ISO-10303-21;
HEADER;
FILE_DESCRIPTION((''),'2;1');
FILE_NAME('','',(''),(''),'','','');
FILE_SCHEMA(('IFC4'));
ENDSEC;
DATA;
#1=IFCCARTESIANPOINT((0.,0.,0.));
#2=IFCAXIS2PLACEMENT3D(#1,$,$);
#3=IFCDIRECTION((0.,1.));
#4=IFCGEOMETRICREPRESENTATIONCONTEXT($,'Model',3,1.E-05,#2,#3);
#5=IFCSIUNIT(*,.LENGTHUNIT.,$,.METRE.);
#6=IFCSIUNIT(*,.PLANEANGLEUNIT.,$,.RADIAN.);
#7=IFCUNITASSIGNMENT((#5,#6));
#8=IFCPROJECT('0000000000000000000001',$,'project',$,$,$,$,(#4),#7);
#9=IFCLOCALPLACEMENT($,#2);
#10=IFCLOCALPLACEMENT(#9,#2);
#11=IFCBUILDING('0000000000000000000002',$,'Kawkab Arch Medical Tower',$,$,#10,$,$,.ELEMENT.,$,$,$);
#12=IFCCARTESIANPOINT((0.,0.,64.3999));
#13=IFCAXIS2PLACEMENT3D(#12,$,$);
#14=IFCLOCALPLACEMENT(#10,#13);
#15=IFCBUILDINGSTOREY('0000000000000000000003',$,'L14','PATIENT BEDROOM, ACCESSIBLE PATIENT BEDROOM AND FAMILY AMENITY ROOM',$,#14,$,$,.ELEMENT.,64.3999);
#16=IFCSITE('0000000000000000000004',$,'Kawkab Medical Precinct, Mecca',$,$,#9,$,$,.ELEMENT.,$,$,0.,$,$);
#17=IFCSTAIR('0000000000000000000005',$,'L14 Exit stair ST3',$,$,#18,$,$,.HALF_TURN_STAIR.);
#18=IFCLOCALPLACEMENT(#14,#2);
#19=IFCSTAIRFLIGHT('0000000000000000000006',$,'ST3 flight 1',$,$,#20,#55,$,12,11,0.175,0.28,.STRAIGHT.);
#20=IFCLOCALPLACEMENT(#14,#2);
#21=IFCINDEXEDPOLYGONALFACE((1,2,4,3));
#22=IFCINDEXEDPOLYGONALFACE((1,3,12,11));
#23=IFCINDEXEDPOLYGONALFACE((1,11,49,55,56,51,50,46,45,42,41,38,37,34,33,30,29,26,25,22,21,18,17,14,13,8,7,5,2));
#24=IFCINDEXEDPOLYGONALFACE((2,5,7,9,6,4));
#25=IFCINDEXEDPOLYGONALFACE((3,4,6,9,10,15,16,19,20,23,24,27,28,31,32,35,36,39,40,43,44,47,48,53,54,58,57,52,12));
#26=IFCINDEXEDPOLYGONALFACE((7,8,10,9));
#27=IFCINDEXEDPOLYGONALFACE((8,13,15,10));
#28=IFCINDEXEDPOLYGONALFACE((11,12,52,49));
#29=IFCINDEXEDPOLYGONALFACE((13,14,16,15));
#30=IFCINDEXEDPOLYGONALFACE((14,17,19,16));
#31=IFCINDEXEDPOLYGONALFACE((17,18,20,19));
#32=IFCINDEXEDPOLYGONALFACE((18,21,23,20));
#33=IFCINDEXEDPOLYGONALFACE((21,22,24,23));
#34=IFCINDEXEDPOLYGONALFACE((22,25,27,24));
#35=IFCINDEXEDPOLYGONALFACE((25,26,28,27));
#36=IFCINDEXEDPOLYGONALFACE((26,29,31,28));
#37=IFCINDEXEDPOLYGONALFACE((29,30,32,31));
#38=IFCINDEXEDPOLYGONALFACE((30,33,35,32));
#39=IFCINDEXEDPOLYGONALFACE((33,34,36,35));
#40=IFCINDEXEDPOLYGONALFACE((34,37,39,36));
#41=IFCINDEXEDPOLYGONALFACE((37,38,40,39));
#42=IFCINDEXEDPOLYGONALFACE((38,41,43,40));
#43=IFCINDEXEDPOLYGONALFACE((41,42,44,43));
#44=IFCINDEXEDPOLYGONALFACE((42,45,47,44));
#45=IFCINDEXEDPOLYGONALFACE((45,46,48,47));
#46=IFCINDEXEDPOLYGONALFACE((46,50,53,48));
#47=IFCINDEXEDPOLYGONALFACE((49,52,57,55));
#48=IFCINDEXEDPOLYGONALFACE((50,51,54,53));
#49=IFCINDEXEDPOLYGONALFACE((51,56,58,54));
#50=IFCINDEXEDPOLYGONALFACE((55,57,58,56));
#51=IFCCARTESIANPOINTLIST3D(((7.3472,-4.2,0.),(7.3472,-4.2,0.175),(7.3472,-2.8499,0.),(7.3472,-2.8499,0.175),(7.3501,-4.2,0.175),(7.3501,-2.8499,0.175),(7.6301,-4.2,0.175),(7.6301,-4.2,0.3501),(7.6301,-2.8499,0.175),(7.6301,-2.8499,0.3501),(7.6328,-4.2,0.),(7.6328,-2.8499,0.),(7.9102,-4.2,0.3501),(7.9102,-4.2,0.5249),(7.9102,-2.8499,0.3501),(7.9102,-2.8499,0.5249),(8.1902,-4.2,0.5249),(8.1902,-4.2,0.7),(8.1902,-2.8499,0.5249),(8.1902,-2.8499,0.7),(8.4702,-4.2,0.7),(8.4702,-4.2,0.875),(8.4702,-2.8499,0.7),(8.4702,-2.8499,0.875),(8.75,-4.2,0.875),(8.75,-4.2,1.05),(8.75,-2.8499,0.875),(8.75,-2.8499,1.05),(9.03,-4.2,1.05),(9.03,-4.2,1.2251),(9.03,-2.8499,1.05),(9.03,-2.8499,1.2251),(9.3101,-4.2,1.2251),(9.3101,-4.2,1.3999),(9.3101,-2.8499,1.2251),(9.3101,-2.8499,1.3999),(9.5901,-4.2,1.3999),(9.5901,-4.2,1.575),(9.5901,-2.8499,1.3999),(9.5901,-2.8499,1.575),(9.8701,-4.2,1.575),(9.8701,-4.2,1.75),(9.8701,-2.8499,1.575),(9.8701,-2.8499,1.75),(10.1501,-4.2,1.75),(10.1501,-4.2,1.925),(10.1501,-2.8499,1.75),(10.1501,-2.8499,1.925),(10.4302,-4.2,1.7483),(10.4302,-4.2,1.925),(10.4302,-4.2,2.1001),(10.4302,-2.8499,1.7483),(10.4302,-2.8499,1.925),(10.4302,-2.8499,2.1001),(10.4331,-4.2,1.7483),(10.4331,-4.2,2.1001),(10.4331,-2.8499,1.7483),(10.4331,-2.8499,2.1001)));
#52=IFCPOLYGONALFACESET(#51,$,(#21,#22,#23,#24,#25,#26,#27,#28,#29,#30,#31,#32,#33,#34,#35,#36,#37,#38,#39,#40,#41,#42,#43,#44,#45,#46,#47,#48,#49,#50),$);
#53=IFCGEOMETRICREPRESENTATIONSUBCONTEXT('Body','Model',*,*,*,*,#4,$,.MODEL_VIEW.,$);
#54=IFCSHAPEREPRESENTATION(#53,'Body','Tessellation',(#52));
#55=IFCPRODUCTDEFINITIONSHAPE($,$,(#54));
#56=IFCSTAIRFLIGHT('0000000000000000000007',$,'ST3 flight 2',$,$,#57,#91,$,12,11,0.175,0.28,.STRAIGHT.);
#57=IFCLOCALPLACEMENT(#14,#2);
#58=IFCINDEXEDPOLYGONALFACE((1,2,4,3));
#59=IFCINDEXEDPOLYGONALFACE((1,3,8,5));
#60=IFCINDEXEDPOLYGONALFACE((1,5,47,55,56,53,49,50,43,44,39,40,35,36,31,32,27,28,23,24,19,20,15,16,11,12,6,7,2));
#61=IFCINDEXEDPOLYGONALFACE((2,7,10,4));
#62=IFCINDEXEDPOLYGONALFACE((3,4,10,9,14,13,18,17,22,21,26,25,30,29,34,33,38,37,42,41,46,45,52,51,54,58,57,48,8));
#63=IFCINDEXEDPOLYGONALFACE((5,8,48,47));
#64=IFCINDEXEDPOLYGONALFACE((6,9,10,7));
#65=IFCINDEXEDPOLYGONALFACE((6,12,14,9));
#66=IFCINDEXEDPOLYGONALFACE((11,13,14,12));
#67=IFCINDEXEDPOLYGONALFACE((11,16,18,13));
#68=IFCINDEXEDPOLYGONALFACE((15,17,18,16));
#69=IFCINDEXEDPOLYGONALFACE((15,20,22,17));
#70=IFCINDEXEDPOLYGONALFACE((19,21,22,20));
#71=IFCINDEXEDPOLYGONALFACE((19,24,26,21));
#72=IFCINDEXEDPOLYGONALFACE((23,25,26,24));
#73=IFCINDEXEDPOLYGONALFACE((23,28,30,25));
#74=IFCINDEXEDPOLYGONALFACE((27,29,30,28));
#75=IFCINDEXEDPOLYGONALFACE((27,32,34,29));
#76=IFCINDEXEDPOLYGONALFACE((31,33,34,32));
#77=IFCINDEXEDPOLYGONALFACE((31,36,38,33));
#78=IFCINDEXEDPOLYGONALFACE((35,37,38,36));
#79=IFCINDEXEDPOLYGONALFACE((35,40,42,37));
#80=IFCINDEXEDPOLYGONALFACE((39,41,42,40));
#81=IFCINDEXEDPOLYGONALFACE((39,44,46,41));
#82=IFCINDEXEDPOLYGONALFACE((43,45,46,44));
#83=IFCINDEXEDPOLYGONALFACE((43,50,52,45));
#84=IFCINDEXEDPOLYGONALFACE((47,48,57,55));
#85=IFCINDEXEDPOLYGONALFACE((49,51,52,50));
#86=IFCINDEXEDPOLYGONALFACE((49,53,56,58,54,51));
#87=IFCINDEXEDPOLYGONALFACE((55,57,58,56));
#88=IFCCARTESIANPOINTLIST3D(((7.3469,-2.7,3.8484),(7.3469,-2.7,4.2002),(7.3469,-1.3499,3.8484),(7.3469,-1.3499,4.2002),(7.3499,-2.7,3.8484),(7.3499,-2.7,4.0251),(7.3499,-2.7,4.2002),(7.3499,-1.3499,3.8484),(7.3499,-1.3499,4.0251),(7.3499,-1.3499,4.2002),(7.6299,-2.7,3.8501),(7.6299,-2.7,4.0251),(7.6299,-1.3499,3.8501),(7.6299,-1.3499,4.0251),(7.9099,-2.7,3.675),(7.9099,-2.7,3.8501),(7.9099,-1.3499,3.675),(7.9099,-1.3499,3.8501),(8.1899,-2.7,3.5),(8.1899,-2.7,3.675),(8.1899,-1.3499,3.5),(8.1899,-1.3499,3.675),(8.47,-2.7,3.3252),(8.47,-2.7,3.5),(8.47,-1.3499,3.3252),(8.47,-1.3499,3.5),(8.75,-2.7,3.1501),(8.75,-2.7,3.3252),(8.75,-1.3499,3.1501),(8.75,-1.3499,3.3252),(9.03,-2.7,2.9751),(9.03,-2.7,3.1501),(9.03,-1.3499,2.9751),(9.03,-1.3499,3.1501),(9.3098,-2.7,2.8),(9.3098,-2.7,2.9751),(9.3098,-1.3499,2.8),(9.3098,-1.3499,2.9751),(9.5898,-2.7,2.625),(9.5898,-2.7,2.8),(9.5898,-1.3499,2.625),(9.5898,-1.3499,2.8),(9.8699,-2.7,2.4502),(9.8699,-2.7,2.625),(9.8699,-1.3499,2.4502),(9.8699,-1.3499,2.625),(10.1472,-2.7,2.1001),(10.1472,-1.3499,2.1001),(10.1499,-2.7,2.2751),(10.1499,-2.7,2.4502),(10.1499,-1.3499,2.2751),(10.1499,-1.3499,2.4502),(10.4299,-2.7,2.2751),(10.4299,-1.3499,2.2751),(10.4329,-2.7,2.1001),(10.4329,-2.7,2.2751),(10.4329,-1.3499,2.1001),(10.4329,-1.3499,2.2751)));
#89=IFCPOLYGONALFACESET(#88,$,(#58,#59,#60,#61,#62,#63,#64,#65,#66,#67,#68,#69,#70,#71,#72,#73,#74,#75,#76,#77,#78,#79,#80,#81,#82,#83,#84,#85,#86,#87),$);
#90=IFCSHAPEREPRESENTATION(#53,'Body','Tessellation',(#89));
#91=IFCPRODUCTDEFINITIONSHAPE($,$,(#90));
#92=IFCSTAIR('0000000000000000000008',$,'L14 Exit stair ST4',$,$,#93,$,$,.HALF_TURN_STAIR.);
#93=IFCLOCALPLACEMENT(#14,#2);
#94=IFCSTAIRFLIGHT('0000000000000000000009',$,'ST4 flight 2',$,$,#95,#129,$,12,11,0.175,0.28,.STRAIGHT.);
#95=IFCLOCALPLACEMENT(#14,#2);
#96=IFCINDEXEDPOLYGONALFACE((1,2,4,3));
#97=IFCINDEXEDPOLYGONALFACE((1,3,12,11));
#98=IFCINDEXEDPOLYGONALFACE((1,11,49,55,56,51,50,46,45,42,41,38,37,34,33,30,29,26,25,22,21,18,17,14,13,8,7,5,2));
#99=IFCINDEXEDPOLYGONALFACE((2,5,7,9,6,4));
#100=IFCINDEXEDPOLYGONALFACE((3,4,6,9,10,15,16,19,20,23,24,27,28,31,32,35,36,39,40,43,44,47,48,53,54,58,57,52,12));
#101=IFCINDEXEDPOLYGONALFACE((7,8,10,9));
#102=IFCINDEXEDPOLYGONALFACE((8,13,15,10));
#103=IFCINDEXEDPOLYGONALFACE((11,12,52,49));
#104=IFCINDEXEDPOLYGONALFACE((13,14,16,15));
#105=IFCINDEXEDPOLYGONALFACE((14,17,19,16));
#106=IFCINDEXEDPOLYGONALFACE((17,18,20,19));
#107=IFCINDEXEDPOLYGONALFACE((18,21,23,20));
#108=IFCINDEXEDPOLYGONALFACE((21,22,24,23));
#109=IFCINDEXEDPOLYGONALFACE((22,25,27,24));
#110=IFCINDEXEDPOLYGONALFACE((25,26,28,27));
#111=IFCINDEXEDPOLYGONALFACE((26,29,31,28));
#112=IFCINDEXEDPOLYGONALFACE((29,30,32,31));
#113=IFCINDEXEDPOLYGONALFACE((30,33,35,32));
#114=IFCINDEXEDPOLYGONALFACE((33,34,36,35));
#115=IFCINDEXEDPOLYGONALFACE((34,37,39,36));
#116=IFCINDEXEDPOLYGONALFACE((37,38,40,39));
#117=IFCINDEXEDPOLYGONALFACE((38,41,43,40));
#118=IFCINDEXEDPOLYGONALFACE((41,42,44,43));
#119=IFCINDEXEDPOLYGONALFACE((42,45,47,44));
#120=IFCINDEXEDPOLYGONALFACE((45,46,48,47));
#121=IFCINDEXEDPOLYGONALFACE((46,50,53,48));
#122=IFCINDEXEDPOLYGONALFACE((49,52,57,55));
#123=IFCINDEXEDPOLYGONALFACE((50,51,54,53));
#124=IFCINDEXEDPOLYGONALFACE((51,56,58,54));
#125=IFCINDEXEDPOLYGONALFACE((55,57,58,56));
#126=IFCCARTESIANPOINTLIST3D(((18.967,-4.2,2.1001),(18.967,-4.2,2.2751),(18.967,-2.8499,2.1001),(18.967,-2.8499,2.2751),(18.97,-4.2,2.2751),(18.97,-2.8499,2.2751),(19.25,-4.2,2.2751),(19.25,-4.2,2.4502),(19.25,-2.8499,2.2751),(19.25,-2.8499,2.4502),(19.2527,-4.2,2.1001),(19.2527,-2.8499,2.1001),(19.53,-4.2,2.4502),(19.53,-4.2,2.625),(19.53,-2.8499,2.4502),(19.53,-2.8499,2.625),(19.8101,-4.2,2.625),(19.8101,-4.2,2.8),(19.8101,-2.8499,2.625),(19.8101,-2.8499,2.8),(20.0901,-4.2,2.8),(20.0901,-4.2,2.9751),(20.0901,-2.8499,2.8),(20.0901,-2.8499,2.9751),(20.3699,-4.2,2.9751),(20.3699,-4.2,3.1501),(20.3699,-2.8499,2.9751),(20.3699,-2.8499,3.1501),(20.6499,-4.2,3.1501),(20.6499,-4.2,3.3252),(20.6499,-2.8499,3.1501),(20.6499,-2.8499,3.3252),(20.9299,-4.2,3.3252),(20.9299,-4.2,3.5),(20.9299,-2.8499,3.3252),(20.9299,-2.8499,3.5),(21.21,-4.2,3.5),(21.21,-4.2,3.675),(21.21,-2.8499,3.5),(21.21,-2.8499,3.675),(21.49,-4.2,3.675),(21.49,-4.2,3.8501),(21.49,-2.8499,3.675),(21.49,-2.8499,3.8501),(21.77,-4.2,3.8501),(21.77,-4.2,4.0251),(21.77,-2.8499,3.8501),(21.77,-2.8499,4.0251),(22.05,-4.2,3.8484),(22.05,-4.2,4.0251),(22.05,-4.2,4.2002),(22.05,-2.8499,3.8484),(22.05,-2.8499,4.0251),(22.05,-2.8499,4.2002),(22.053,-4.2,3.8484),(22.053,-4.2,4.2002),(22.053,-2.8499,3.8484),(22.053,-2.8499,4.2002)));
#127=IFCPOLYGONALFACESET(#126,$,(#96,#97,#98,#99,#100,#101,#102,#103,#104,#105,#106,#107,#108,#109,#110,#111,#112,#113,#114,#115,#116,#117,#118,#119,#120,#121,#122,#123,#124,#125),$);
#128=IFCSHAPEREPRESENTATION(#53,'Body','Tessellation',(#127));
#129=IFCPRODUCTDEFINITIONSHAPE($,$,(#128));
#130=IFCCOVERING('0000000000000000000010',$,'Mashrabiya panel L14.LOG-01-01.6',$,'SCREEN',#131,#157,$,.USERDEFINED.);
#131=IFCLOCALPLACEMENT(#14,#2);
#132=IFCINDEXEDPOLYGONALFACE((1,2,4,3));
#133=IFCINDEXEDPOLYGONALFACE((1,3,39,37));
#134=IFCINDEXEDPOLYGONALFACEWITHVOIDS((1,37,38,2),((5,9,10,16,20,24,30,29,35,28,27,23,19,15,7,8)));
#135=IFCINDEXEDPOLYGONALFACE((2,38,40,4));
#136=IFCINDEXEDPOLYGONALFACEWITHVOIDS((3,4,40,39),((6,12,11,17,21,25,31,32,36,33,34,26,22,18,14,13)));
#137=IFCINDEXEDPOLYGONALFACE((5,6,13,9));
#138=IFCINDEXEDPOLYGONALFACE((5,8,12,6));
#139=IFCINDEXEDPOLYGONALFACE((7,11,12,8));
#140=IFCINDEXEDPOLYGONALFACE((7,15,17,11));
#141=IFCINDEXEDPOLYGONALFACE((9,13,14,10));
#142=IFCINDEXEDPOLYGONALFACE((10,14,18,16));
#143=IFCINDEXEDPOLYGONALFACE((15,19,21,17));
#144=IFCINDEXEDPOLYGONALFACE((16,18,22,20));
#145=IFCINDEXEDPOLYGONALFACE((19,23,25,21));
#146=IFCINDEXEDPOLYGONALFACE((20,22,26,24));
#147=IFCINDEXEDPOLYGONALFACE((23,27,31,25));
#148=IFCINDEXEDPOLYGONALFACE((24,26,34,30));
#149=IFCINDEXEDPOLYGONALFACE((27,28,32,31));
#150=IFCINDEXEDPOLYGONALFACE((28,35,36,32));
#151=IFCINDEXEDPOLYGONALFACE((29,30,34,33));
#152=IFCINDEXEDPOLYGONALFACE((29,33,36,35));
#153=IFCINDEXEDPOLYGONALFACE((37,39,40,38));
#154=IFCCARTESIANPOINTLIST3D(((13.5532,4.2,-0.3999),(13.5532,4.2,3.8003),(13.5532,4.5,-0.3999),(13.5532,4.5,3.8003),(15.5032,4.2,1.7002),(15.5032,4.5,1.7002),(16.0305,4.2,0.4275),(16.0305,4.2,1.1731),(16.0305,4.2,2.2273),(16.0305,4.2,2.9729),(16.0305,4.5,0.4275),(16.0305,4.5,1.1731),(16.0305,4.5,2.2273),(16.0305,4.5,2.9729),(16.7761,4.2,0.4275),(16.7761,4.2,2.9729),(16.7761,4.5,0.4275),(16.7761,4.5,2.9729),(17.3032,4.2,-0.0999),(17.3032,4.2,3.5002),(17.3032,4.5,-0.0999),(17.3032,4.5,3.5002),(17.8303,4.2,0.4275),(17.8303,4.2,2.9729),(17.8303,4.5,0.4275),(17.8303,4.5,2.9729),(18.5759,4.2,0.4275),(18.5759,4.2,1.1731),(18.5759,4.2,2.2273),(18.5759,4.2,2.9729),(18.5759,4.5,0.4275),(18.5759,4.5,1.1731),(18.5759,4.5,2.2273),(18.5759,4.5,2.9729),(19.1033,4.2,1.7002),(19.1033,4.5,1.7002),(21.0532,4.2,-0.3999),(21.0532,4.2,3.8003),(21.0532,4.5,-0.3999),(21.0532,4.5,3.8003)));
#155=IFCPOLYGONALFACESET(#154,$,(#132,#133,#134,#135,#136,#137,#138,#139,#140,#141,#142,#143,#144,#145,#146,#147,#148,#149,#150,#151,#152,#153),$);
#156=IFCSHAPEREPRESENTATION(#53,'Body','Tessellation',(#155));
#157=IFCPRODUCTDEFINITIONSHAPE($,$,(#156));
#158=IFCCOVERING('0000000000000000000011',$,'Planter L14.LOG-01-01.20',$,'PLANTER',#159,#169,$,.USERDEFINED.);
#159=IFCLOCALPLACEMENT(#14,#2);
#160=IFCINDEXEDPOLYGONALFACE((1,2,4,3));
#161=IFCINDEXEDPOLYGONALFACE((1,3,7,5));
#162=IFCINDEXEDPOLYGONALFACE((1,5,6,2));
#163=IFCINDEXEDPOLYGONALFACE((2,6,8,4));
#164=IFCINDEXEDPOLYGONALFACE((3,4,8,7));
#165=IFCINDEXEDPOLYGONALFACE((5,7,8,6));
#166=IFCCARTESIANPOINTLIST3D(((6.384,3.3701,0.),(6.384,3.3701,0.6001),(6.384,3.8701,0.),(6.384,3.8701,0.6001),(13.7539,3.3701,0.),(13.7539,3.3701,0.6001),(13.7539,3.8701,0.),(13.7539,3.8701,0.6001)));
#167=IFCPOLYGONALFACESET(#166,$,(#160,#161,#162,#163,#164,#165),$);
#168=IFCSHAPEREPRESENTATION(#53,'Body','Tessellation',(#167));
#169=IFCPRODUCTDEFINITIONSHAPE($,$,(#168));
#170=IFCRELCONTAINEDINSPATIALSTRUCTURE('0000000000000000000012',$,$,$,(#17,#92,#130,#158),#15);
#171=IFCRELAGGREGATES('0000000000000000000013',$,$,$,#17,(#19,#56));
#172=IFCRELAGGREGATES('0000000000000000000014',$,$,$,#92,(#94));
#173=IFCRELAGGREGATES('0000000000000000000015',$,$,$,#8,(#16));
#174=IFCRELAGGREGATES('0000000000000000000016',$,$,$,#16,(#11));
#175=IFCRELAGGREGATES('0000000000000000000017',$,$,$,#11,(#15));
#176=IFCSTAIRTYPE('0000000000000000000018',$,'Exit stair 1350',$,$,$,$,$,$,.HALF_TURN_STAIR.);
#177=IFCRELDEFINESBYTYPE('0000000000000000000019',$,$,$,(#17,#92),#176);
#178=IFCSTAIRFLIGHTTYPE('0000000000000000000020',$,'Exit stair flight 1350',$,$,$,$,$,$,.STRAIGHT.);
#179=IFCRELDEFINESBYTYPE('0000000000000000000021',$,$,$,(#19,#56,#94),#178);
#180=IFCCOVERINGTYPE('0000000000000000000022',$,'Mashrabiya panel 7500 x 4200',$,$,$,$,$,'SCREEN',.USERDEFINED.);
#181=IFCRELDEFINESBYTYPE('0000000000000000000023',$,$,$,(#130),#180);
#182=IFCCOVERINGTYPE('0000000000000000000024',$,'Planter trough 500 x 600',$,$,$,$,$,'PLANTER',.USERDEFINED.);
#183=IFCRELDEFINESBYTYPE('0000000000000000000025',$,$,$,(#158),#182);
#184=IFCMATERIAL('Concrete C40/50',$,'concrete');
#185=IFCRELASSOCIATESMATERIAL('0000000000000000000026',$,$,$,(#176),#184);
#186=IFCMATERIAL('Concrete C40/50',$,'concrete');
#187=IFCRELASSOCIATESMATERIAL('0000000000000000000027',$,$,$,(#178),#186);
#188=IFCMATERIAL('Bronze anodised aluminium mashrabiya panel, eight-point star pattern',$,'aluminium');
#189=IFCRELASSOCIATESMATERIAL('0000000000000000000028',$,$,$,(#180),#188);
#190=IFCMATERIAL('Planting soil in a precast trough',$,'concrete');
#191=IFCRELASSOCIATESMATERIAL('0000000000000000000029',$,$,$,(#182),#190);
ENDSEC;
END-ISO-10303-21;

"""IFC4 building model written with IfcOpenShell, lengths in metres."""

from ifc_helpers import new_model, si_unit, direction, frame, origin, origin_2d, place, context, subcontext, project, spatial, polyline, rectangle, outline, extrude, material, material_profile, profile_set, type_object, element, aggregate, save


model = new_model("IFC4")

# Units and contexts
model_context = context("Model", 3, precision=1e-05, world=origin(), true_north=direction((0.0, 1.0)))
body_context = subcontext(model_context, "Body", "Model", "MODEL_VIEW")
ifc_project = project(units=[si_unit("LENGTHUNIT", "METRE"), si_unit("PLANEANGLEUNIT", "RADIAN")], contexts=[model_context])

# Site, building, storey
site_placement = place(None, origin())
site = spatial("IfcSite", under=ifc_project, at=site_placement, Name="Kawkab Medical Precinct, Mecca", CompositionType="ELEMENT", RefElevation=0.0)
building_placement = place(site_placement, origin())
building = spatial("IfcBuilding", under=site, at=building_placement, Name="Kawkab Arch Medical Tower", CompositionType="ELEMENT")
storey_placement = place(building_placement, frame((0.0, 0.0, 64.3999)))
storey = spatial("IfcBuildingStorey", under=building, at=storey_placement, Name="L14", Description="PATIENT BEDROOM, ACCESSIBLE PATIENT BEDROOM AND FAMILY AMENITY ROOM", CompositionType="ELEMENT", Elevation=64.3999)

# Shared definitions
placement = place(storey_placement, origin())

# Stair, stair flights
ifc_material_1 = material(Name="Concrete C40/50", Category="concrete")
stair_type = type_object("IfcStairType", Name="Exit stair 1350", PredefinedType="HALF_TURN_STAIR", material=ifc_material_1)
stair_1 = element("IfcStair", 1, at=placement, inside=storey, type_object=stair_type, Name="L14 Exit stair ST3", PredefinedType="HALF_TURN_STAIR")
ifc_material_2 = material(Name="Concrete C40/50", Category="concrete")
stair_flight_type = type_object("IfcStairFlightType", Name="Exit stair flight 1350", PredefinedType="STRAIGHT", material=ifc_material_2)
stair_flight_1_placement = place(storey_placement, frame((7.3501, -3.5249, 0.0), z_axis=(0.0, 0.0, 1.0), x_axis=(1.0, 0.0, 0.0)))
stair_flight_1 = element("IfcStairFlight", 2, at=stair_flight_1_placement, type_object=stair_flight_type, Name="ST3 flight 1", NumberOfRisers=12, NumberOfTreads=11, PredefinedType="STRAIGHT", RiserHeight=0.175, TreadLength=0.28, context=body_context, shape_type="SweptSolid", body=[
    extrude(outline(polyline([(-0.0029, 0.0), (-0.0029, 0.175), (0.0, 0.175), (0.28, 0.175), (0.28, 0.3501), (0.5601, 0.3501), (0.5601, 0.5249), (0.8401, 0.5249), (0.8401, 0.7), (1.1201, 0.7), (1.1201, 0.875), (1.3999, 0.875), (1.3999, 1.05), (1.6799, 1.05), (1.6799, 1.2251), (1.96, 1.2251), (1.96, 1.3999), (2.24, 1.3999), (2.24, 1.575), (2.52, 1.575), (2.52, 1.75), (2.8, 1.75), (2.8, 1.925), (3.0801, 1.925), (3.0801, 2.1001), (3.083, 2.1001), (3.083, 1.7483), (3.0801, 1.7483), (0.2827, 0.0), (-0.0029, 0.0)])), frame((0.0, 0.675, 0.0), z_axis=(0.0, -1.0, 0.0), x_axis=(1.0, 0.0, 0.0)), (0.0, 0.0, 1.0), 1.3501),
])
stair_flight_2_placement = place(storey_placement, frame((10.4299, -2.0249, 2.1001), z_axis=(0.0, 0.0, 1.0), x_axis=(-1.0, 0.0, 0.0)))
stair_flight_2 = element("IfcStairFlight", 3, at=stair_flight_2_placement, type_object=stair_flight_type, Name="ST3 flight 2", NumberOfRisers=12, NumberOfTreads=11, PredefinedType="STRAIGHT", RiserHeight=0.175, TreadLength=0.28, context=body_context, shape_type="SweptSolid", body=[
    extrude(outline(polyline([(-0.0029, 0.0), (-0.0029, 0.175), (0.0, 0.175), (0.28, 0.175), (0.28, 0.3501), (0.5601, 0.3501), (0.5601, 0.5249), (0.8401, 0.5249), (0.8401, 0.7), (1.1201, 0.7), (1.1201, 0.875), (1.3999, 0.875), (1.3999, 1.05), (1.6799, 1.05), (1.6799, 1.2251), (1.96, 1.2251), (1.96, 1.3999), (2.24, 1.3999), (2.24, 1.575), (2.52, 1.575), (2.52, 1.75), (2.8, 1.75), (2.8, 1.925), (3.0801, 1.925), (3.0801, 2.1001), (3.083, 2.1001), (3.083, 1.7483), (3.0801, 1.7483), (0.2827, 0.0), (-0.0029, 0.0)])), frame((0.0, 0.675, 0.0), z_axis=(0.0, -1.0, 0.0), x_axis=(1.0, 0.0, 0.0)), (0.0, 0.0, 1.0), 1.3501),
])
aggregate(stair_1, [stair_flight_1, stair_flight_2])

# Stair, stair flight
stair_2 = element("IfcStair", 4, at=placement, inside=storey, type_object=stair_type, Name="L14 Exit stair ST4", PredefinedType="HALF_TURN_STAIR")
stair_flight_3_placement = place(storey_placement, frame((18.97, -3.5249, 2.1001), z_axis=(0.0, 0.0, 1.0), x_axis=(1.0, 0.0, 0.0)))
stair_flight_3 = element("IfcStairFlight", 5, at=stair_flight_3_placement, type_object=stair_flight_type, Name="ST4 flight 2", NumberOfRisers=12, NumberOfTreads=11, PredefinedType="STRAIGHT", RiserHeight=0.175, TreadLength=0.28, context=body_context, shape_type="SweptSolid", body=[
    extrude(outline(polyline([(-0.0029, 0.0), (-0.0029, 0.175), (0.0, 0.175), (0.28, 0.175), (0.28, 0.3501), (0.5601, 0.3501), (0.5601, 0.5249), (0.8401, 0.5249), (0.8401, 0.7), (1.1201, 0.7), (1.1201, 0.875), (1.3999, 0.875), (1.3999, 1.05), (1.6799, 1.05), (1.6799, 1.2251), (1.96, 1.2251), (1.96, 1.3999), (2.24, 1.3999), (2.24, 1.575), (2.52, 1.575), (2.52, 1.75), (2.8, 1.75), (2.8, 1.925), (3.0801, 1.925), (3.0801, 2.1001), (3.083, 2.1001), (3.083, 1.7483), (3.0801, 1.7483), (0.2827, 0.0), (-0.0029, 0.0)])), frame((0.0, 0.675, 0.0), z_axis=(0.0, -1.0, 0.0), x_axis=(1.0, 0.0, 0.0)), (0.0, 0.0, 1.0), 1.3501),
])
aggregate(stair_2, [stair_flight_3])

# Coverings
ifc_material_3 = material(Name="Bronze anodised aluminium mashrabiya panel, eight-point star pattern", Category="aluminium")
ifc_material_profile_1 = material_profile(ifc_material_3, outline(polyline([(-3.75, -2.1001), (3.75, -2.1001), (3.75, 2.1001), (-3.75, 2.1001), (-3.75, -2.1001)]), holes=[polyline([(1.8, 0.0), (1.2727, 0.5271), (1.2727, 1.2727), (0.5271, 1.2727), (0.0, 1.8), (-0.5271, 1.2727), (-1.2727, 1.2727), (-1.2727, 0.5271), (-1.8, 0.0), (-1.2727, -0.5271), (-1.2727, -1.2727), (-0.5271, -1.2727), (0.0, -1.8), (0.5271, -1.2727), (1.2727, -1.2727), (1.2727, -0.5271), (1.8, 0.0)])]), Name="Mashrabiya panel 7500x4200")
ifc_profile_set_1 = profile_set([ifc_material_profile_1], Name="Bronze anodised aluminium mashrabiya panel, eight-point star pattern")
covering_type_1 = type_object("IfcCoveringType", Name="Mashrabiya panel 7500 x 4200", ElementType="SCREEN", PredefinedType="USERDEFINED", material=ifc_profile_set_1)
covering_1_placement = place(storey_placement, frame((17.3032, 4.2, 1.7002), z_axis=(0.0, 1.0, 0.0), x_axis=(-1.0, 0.0, 0.0)))
element("IfcCovering", 6, at=covering_1_placement, inside=storey, type_object=covering_type_1, Name="Mashrabiya panel L14.LOG-01-01.6", ObjectType="SCREEN", PredefinedType="USERDEFINED", context=body_context, shape_type="SweptSolid", body=[
    extrude(outline(polyline([(-3.75, -2.1001), (3.75, -2.1001), (3.75, 2.1001), (-3.75, 2.1001), (-3.75, -2.1001)]), holes=[polyline([(1.8, 0.0), (1.2727, 0.5271), (1.2727, 1.2727), (0.5271, 1.2727), (0.0, 1.8), (-0.5271, 1.2727), (-1.2727, 1.2727), (-1.2727, 0.5271), (-1.8, 0.0), (-1.2727, -0.5271), (-1.2727, -1.2727), (-0.5271, -1.2727), (0.0, -1.8), (0.5271, -1.2727), (1.2727, -1.2727), (1.2727, -0.5271), (1.8, 0.0)])]), origin(), (0.0, 0.0, 1.0), 0.3),
])
ifc_material_4 = material(Name="Planting soil in a precast trough", Category="concrete")
ifc_material_profile_2 = material_profile(ifc_material_4, rectangle(XDim=0.5, YDim=0.6001, at=origin_2d()), Name="Trough 500x600")
ifc_profile_set_2 = profile_set([ifc_material_profile_2], Name="Planting soil in a precast trough")
covering_type_2 = type_object("IfcCoveringType", Name="Planter trough 500 x 600", ElementType="PLANTER", PredefinedType="USERDEFINED", material=ifc_profile_set_2)
covering_2_placement = place(storey_placement, frame((6.384, 3.6201, 0.3), z_axis=(1.0, 0.0, 0.0), x_axis=(0.0, 1.0, 0.0)))
element("IfcCovering", 7, at=covering_2_placement, inside=storey, type_object=covering_type_2, Name="Planter L14.LOG-01-01.20", ObjectType="PLANTER", PredefinedType="USERDEFINED", context=body_context, shape_type="SweptSolid", body=[
    extrude(rectangle(XDim=0.5, YDim=0.6001, at=origin_2d()), origin(), (0.0, 0.0, 1.0), 7.3699),
])

save(model, "model.ifc")
